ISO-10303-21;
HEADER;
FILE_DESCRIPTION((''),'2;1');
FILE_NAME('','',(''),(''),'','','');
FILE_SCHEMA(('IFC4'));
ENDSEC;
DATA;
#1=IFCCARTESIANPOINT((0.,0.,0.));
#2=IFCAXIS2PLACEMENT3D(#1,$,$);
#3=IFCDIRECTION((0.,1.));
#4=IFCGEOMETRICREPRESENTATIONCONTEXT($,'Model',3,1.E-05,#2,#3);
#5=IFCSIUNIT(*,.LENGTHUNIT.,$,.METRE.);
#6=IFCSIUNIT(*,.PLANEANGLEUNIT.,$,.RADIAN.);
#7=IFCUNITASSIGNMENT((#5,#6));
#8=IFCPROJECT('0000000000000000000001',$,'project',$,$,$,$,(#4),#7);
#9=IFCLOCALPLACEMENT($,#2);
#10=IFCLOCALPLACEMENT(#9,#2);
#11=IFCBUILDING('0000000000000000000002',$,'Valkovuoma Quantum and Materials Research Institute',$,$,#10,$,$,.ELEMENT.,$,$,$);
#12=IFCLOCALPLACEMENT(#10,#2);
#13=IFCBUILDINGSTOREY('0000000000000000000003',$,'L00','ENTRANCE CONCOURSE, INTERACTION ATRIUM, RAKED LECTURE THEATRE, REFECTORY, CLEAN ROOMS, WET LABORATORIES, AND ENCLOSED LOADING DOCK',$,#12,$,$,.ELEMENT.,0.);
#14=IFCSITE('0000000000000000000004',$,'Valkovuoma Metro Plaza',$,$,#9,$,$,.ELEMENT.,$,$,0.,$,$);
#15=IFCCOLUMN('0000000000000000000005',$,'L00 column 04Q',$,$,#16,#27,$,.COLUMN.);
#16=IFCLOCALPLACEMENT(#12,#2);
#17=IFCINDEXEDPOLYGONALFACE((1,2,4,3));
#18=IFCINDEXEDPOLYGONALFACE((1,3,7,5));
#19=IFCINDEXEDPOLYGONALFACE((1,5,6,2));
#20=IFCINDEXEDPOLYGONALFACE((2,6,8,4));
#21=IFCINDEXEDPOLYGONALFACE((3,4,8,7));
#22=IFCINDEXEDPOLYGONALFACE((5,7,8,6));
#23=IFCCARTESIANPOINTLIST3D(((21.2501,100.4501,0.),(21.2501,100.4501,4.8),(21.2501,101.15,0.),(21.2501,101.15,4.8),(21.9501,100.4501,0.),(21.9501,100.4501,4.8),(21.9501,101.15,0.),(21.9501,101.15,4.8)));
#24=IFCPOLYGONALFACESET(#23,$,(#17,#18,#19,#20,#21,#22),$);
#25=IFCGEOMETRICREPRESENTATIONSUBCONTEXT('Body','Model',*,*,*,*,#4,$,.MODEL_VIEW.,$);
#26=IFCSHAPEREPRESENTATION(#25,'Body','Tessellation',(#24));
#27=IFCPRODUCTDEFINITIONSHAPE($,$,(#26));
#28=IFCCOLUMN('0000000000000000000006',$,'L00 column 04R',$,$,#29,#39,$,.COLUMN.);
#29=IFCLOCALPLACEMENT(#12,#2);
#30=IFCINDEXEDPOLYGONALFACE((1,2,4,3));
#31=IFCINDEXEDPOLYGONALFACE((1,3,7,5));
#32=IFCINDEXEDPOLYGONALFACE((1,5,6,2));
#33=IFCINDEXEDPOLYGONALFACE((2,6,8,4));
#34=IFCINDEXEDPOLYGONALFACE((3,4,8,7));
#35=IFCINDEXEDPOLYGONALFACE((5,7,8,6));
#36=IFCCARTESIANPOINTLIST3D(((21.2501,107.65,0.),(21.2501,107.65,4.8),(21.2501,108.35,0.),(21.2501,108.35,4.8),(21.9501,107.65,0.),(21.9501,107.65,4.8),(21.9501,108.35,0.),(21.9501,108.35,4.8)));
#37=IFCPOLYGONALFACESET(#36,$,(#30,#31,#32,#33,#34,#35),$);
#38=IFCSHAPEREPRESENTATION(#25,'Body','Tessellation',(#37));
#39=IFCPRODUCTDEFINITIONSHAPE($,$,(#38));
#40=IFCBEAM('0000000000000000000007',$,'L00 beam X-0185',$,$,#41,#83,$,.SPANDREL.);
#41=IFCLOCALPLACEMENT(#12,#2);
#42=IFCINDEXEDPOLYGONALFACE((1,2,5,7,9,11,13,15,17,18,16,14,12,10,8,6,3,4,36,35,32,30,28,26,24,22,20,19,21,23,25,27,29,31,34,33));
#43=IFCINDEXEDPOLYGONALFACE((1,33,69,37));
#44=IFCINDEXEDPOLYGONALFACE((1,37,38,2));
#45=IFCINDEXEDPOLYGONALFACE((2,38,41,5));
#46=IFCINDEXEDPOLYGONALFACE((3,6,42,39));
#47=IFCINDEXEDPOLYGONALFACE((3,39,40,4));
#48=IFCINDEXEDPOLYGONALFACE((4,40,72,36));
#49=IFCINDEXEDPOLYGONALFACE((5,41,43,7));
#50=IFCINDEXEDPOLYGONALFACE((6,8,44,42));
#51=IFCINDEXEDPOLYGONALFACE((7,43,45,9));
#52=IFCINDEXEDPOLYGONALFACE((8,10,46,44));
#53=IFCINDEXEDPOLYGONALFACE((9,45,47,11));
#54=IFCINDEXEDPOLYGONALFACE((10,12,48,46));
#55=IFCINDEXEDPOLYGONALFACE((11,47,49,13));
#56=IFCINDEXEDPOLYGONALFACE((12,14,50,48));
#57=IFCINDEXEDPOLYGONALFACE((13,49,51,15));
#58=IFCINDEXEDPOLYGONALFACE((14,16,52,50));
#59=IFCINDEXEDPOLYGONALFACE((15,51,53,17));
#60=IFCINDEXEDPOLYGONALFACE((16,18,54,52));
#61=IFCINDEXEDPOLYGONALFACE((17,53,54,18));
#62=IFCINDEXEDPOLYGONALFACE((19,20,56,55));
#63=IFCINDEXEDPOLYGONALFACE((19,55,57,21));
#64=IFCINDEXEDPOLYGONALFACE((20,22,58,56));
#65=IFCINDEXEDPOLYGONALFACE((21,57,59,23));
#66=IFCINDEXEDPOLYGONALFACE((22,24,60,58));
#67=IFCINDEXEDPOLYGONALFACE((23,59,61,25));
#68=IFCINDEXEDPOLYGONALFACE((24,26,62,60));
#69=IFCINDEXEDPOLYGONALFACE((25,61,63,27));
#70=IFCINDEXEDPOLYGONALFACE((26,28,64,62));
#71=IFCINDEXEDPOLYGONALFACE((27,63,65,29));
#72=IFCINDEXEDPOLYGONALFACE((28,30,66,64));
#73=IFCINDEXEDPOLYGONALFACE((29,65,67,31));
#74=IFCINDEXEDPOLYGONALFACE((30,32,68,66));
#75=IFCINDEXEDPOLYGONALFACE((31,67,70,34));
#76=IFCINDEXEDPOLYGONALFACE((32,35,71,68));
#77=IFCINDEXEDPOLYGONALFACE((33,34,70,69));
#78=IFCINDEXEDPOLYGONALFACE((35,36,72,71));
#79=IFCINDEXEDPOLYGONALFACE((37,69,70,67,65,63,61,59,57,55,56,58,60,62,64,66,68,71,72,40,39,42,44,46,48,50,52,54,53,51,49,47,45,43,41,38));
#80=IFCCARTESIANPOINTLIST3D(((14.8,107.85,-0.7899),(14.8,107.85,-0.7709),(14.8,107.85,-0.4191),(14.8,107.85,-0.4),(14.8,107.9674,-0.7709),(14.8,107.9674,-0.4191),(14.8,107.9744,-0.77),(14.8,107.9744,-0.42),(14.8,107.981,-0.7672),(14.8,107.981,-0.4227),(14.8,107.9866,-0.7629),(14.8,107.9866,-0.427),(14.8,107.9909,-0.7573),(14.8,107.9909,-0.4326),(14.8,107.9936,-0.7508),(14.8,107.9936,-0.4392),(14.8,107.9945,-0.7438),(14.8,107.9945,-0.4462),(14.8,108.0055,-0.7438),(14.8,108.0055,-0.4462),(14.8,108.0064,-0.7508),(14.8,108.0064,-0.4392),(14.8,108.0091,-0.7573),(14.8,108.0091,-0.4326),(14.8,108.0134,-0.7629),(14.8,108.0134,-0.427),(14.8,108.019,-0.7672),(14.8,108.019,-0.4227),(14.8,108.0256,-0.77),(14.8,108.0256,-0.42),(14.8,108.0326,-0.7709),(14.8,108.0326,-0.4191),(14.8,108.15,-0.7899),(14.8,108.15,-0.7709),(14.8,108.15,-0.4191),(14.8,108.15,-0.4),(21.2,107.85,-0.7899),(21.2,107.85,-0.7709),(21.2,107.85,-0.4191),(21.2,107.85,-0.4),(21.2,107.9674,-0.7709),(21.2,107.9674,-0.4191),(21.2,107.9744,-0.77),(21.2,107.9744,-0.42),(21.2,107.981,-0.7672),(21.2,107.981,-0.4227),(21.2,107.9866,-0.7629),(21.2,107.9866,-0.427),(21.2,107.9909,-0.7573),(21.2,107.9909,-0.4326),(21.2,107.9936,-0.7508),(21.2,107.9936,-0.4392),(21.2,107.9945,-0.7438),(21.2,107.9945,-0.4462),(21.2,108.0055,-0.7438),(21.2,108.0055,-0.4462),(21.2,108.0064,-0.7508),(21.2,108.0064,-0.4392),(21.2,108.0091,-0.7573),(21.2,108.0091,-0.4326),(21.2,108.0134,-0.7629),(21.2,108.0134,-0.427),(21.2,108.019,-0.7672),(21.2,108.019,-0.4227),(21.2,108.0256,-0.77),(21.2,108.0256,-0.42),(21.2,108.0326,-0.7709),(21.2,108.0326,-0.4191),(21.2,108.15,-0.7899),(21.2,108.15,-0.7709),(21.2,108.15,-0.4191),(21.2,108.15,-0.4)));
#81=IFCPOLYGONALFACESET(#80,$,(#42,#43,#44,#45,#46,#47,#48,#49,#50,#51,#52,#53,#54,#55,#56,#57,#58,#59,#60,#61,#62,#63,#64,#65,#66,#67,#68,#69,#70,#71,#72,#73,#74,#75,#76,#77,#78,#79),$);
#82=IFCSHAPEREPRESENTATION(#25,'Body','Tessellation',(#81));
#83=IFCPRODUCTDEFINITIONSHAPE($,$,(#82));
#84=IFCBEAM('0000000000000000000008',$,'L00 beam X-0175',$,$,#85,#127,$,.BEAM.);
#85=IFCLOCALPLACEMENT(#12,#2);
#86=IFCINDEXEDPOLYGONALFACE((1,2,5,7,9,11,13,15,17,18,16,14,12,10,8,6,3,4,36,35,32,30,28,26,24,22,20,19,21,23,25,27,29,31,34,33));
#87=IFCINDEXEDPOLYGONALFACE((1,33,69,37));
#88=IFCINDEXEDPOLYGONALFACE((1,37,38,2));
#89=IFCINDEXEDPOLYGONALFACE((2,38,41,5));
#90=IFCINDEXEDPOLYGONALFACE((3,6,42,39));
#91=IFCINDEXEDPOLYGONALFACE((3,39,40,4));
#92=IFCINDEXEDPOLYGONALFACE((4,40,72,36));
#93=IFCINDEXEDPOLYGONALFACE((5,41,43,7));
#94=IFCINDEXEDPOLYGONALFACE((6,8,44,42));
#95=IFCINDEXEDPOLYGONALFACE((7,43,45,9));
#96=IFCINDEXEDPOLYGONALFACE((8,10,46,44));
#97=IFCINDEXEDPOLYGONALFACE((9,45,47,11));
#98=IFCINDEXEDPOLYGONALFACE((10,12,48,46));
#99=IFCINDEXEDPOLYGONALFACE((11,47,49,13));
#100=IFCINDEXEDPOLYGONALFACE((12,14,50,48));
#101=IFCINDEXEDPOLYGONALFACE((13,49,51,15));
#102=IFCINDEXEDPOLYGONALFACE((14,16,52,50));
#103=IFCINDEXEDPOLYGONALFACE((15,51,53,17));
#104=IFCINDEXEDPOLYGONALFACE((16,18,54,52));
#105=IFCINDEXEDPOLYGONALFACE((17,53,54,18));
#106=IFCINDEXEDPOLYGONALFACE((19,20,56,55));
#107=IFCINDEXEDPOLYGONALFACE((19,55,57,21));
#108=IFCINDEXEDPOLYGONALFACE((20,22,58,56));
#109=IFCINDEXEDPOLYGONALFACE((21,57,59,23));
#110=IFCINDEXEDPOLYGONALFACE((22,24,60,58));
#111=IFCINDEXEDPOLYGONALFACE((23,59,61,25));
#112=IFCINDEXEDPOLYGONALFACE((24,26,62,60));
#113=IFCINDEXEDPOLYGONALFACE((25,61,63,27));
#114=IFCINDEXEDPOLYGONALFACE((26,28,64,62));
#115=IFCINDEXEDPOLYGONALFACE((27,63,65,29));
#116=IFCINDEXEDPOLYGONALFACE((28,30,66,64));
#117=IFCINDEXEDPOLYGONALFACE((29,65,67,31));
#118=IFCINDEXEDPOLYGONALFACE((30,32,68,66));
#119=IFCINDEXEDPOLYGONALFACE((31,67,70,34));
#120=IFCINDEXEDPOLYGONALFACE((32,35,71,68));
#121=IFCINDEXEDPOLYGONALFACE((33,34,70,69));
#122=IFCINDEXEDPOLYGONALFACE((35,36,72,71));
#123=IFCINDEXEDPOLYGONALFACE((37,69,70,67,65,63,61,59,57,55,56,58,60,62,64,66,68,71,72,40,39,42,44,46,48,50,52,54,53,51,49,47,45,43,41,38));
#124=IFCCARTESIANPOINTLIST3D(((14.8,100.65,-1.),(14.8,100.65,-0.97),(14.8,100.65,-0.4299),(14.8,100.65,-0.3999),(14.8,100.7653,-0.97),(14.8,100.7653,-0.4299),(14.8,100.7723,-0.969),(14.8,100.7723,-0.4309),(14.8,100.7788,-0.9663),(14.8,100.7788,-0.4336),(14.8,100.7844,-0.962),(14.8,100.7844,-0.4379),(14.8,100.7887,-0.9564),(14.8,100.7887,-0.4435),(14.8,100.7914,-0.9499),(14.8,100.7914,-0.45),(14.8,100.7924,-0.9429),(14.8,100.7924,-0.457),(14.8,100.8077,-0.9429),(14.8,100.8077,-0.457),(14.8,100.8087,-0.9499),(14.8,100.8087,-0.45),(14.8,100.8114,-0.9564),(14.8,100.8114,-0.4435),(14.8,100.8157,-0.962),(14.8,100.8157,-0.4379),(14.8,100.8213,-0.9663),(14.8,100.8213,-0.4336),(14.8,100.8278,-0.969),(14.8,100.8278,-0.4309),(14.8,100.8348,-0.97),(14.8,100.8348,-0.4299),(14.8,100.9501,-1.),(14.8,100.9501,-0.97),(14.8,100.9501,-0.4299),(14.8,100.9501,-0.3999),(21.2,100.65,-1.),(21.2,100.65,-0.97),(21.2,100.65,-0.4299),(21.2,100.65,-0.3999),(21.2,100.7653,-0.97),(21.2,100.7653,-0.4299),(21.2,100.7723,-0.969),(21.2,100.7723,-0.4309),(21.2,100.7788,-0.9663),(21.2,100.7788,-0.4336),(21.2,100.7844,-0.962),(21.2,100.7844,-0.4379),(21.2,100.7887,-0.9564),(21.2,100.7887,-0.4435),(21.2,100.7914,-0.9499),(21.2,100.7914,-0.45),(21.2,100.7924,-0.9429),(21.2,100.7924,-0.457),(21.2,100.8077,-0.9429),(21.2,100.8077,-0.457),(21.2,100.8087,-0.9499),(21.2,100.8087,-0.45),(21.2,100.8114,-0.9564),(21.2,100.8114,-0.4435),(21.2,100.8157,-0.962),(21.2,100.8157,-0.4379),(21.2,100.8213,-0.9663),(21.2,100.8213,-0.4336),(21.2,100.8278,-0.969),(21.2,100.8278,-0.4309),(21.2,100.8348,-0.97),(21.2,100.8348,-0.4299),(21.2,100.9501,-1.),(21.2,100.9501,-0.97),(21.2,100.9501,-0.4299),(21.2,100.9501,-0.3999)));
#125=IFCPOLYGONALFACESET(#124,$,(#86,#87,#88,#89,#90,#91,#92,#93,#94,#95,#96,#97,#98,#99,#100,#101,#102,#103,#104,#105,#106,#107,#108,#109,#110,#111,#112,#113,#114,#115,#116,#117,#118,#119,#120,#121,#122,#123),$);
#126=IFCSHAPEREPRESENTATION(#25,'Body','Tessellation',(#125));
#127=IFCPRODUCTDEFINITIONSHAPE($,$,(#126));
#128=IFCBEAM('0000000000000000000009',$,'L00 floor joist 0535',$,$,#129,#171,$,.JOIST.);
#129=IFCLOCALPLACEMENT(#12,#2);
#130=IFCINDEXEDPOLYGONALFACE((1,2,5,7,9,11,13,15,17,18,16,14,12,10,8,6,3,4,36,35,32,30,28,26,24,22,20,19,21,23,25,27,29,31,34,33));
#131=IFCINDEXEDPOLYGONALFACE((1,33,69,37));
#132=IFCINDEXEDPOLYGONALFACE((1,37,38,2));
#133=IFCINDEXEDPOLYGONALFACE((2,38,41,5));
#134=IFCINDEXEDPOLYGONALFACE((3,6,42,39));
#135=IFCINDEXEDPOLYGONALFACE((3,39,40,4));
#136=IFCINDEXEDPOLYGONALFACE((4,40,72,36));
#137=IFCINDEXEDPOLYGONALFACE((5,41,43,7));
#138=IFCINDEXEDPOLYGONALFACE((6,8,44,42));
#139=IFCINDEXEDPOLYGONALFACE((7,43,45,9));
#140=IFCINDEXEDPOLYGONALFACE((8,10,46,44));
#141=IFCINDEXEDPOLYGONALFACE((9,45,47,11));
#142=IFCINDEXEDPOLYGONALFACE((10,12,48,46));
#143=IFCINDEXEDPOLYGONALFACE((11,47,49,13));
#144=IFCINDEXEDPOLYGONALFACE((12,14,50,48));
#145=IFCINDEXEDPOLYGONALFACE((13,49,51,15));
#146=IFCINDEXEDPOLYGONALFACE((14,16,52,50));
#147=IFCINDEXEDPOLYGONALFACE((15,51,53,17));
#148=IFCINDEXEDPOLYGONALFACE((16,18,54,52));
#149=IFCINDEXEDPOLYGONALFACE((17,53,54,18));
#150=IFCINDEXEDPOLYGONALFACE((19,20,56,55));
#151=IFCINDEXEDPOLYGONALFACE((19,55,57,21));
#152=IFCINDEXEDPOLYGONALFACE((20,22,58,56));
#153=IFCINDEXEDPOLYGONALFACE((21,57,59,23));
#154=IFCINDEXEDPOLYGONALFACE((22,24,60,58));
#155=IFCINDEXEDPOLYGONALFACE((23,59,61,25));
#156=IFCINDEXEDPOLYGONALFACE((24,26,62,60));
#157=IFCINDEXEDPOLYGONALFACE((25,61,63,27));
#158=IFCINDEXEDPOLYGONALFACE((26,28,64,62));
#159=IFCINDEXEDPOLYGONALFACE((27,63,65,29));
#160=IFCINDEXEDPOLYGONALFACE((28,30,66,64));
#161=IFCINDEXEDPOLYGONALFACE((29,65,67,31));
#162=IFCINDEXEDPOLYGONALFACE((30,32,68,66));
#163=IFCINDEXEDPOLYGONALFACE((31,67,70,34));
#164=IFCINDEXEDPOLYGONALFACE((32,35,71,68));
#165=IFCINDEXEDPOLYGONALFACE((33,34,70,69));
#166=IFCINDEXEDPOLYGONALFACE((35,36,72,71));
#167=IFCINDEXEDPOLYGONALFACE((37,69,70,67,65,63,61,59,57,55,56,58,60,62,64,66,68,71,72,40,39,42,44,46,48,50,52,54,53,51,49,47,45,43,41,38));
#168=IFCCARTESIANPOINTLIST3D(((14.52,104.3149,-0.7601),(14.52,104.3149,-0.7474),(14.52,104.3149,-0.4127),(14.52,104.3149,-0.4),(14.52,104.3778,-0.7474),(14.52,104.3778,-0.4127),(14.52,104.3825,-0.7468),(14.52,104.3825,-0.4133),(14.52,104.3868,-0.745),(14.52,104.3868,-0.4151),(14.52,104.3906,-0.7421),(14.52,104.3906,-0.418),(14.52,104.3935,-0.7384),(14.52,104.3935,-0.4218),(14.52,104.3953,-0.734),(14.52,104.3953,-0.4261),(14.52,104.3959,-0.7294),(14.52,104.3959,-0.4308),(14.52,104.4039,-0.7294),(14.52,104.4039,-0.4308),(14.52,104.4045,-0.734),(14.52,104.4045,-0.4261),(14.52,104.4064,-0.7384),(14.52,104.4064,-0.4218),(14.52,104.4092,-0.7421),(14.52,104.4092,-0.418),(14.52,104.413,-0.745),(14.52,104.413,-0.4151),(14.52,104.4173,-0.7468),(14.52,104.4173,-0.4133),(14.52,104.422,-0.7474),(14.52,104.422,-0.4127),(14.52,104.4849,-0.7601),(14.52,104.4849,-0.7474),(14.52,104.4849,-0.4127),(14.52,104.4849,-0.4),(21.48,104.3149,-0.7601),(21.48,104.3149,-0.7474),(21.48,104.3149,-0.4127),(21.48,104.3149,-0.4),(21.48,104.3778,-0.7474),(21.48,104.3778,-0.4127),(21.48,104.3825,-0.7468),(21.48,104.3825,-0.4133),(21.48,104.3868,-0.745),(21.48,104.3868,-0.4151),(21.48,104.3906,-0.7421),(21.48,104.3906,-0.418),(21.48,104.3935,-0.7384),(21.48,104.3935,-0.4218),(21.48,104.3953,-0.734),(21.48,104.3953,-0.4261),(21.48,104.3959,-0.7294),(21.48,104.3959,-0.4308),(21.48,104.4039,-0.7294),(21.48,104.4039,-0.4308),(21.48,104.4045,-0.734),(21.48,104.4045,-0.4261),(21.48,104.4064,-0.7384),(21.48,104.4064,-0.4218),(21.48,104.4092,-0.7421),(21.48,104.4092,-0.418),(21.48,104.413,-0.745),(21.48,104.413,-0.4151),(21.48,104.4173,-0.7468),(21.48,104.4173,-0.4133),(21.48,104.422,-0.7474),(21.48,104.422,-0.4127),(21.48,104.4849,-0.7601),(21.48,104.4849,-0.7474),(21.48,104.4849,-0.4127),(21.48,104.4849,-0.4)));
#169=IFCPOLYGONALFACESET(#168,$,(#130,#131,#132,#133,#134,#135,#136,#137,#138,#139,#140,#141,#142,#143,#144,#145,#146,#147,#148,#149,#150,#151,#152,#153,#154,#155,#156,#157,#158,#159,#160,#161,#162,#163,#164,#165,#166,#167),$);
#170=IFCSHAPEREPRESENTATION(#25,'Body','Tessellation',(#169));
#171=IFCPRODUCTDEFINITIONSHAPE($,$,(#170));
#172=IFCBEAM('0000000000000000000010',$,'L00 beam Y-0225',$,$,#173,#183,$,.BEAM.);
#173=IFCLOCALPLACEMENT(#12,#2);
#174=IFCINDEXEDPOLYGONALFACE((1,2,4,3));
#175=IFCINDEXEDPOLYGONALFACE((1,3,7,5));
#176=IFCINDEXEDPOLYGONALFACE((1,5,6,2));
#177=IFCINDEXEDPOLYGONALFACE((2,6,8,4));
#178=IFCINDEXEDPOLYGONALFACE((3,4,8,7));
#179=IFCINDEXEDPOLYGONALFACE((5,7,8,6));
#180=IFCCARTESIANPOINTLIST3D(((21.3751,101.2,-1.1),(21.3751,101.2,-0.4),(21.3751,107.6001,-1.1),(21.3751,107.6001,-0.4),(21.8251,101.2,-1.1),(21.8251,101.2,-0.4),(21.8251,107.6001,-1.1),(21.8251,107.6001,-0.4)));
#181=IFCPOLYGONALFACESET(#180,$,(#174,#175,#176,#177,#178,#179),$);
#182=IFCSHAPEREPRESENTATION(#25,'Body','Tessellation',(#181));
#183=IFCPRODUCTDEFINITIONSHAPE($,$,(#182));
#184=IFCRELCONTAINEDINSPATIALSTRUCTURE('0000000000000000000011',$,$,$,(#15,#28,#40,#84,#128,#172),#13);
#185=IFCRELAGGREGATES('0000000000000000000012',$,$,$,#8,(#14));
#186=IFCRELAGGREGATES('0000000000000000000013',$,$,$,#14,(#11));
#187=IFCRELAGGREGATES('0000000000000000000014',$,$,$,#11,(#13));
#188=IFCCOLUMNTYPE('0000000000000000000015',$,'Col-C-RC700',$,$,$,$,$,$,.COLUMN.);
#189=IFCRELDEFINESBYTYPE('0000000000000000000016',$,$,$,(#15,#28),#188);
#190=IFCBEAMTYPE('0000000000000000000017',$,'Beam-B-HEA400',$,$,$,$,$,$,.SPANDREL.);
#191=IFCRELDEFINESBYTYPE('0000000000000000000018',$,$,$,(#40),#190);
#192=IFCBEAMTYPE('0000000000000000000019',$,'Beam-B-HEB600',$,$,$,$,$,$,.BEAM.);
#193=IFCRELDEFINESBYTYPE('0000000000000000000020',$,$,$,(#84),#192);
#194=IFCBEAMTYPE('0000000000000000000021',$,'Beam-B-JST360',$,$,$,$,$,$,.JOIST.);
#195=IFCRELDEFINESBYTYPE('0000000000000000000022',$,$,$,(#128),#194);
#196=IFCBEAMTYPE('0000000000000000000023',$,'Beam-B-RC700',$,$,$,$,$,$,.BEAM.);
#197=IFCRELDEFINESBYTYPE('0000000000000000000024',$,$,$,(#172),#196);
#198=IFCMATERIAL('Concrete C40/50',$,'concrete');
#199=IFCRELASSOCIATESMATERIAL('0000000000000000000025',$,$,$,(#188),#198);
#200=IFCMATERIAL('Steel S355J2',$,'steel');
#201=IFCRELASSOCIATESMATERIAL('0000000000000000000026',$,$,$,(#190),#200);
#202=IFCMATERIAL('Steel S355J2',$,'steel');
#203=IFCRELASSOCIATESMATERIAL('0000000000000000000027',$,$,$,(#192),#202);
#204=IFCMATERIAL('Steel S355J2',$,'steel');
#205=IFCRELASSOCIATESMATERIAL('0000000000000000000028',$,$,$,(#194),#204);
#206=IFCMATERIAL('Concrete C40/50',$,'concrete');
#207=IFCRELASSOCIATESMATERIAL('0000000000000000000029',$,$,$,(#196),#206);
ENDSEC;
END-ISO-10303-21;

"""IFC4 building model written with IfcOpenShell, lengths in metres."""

from ifc_helpers import new_model, si_unit, direction, frame, origin, origin_2d, place, context, subcontext, project, spatial, rectangle, i_section, extrude, material, material_profile, profile_set, type_object, element, save


model = new_model("IFC4")

# Units and contexts
model_context = context("Model", 3, precision=1e-05, world=origin(), true_north=direction((0.0, 1.0)))
body_context = subcontext(model_context, "Body", "Model", "MODEL_VIEW")
ifc_project = project(units=[si_unit("LENGTHUNIT", "METRE"), si_unit("PLANEANGLEUNIT", "RADIAN")], contexts=[model_context])

# Site, building, storey
site_placement = place(None, origin())
site = spatial("IfcSite", under=ifc_project, at=site_placement, Name="Valkovuoma Metro Plaza", CompositionType="ELEMENT", RefElevation=0.0)
building_placement = place(site_placement, origin())
building = spatial("IfcBuilding", under=site, at=building_placement, Name="Valkovuoma Quantum and Materials Research Institute", CompositionType="ELEMENT")
storey_placement = place(building_placement, origin())
storey = spatial("IfcBuildingStorey", under=building, at=storey_placement, Name="L00", Description="ENTRANCE CONCOURSE, INTERACTION ATRIUM, RAKED LECTURE THEATRE, REFECTORY, CLEAN ROOMS, WET LABORATORIES, AND ENCLOSED LOADING DOCK", CompositionType="ELEMENT", Elevation=0.0)

# Columns
ifc_material_1 = material(Name="Concrete C40/50", Category="concrete")
ifc_material_profile_1 = material_profile(ifc_material_1, rectangle(XDim=0.7, YDim=0.7, at=origin_2d()), Name="Concrete C40/50")
ifc_profile_set_1 = profile_set([ifc_material_profile_1], Name="Concrete C40/50")
column_type = type_object("IfcColumnType", Name="Col-C-RC700", PredefinedType="COLUMN", material=ifc_profile_set_1)
for number, where, z_axis, x_axis, name in (
    (1, (21.6001, 100.8, 0.0), (0.0, 0.0, 1.0), (1.0, 0.0, 0.0), "L00 column 04Q"),
    (2, (21.6001, 108.0, 0.0), (0.0, 0.0, 1.0), (1.0, 0.0, 0.0), "L00 column 04R"),
):
    element("IfcColumn", number, at=place(storey_placement, frame(where, z_axis=z_axis, x_axis=x_axis)), inside=storey, type_object=column_type, Name=name, PredefinedType="COLUMN", context=body_context, shape_type="SweptSolid", body=[
        extrude(rectangle(XDim=0.7, YDim=0.7, at=origin_2d()), origin(), (0.0, 0.0, 1.0), 4.8),
    ])

# Beams
ifc_material_2 = material(Name="Steel S355J2", Category="steel")
ifc_material_profile_2 = material_profile(ifc_material_2, i_section(OverallWidth=0.3, OverallDepth=0.3899, WebThickness=0.011, FlangeThickness=0.019, FilletRadius=0.0271, at=origin_2d()), Name="Steel S355J2")
ifc_profile_set_2 = profile_set([ifc_material_profile_2], Name="Steel S355J2")
beam_type_1 = type_object("IfcBeamType", Name="Beam-B-HEA400", PredefinedType="SPANDREL", material=ifc_profile_set_2)
beam_1_placement = place(storey_placement, frame((14.8, 108.0, -0.595), z_axis=(1.0, 0.0, 0.0), x_axis=(0.0, 1.0, 0.0)))
element("IfcBeam", 3, at=beam_1_placement, inside=storey, type_object=beam_type_1, Name="L00 beam X-0185", PredefinedType="SPANDREL", context=body_context, shape_type="SweptSolid", body=[
    extrude(i_section(OverallWidth=0.3, OverallDepth=0.3899, WebThickness=0.011, FlangeThickness=0.019, FilletRadius=0.0271, at=origin_2d()), origin(), (0.0, 0.0, 1.0), 6.3999),
])
ifc_material_3 = material(Name="Steel S355J2", Category="steel")
ifc_material_profile_3 = material_profile(ifc_material_3, i_section(OverallWidth=0.3, OverallDepth=0.6001, WebThickness=0.0154, FlangeThickness=0.03, FilletRadius=0.0271, at=origin_2d()), Name="Steel S355J2")
ifc_profile_set_3 = profile_set([ifc_material_profile_3], Name="Steel S355J2")
beam_type_2 = type_object("IfcBeamType", Name="Beam-B-HEB600", PredefinedType="BEAM", material=ifc_profile_set_3)
beam_2_placement = place(storey_placement, frame((14.8, 100.8, -0.7), z_axis=(1.0, 0.0, 0.0), x_axis=(0.0, 1.0, 0.0)))
element("IfcBeam", 4, at=beam_2_placement, inside=storey, type_object=beam_type_2, Name="L00 beam X-0175", PredefinedType="BEAM", context=body_context, shape_type="SweptSolid", body=[
    extrude(i_section(OverallWidth=0.3, OverallDepth=0.6001, WebThickness=0.0154, FlangeThickness=0.03, FilletRadius=0.0271, at=origin_2d()), origin(), (0.0, 0.0, 1.0), 6.3999),
])
ifc_material_4 = material(Name="Steel S355J2", Category="steel")
ifc_material_profile_4 = material_profile(ifc_material_4, i_section(OverallWidth=0.1699, OverallDepth=0.3601, WebThickness=0.0081, FlangeThickness=0.0127, FilletRadius=0.0181, at=origin_2d()), Name="Steel S355J2")
ifc_profile_set_4 = profile_set([ifc_material_profile_4], Name="Steel S355J2")
beam_type_3 = type_object("IfcBeamType", Name="Beam-B-JST360", PredefinedType="JOIST", material=ifc_profile_set_4)
beam_3_placement = place(storey_placement, frame((14.52, 104.3999, -0.5801), z_axis=(1.0, 0.0, 0.0), x_axis=(0.0, 1.0, 0.0)))
element("IfcBeam", 5, at=beam_3_placement, inside=storey, type_object=beam_type_3, Name="L00 floor joist 0535", PredefinedType="JOIST", context=body_context, shape_type="SweptSolid", body=[
    extrude(i_section(OverallWidth=0.1699, OverallDepth=0.3601, WebThickness=0.0081, FlangeThickness=0.0127, FilletRadius=0.0181, at=origin_2d()), origin(), (0.0, 0.0, 1.0), 6.96),
])
ifc_material_5 = material(Name="Concrete C40/50", Category="concrete")
ifc_material_profile_5 = material_profile(ifc_material_5, rectangle(XDim=0.45, YDim=0.7, at=origin_2d()), Name="Concrete C40/50")
ifc_profile_set_5 = profile_set([ifc_material_profile_5], Name="Concrete C40/50")
beam_type_4 = type_object("IfcBeamType", Name="Beam-B-RC700", PredefinedType="BEAM", material=ifc_profile_set_5)
beam_4_placement = place(storey_placement, frame((21.6001, 101.2, -0.75), z_axis=(0.0, 1.0, 0.0), x_axis=(-1.0, 0.0, 0.0)))
element("IfcBeam", 6, at=beam_4_placement, inside=storey, type_object=beam_type_4, Name="L00 beam Y-0225", PredefinedType="BEAM", context=body_context, shape_type="SweptSolid", body=[
    extrude(rectangle(XDim=0.45, YDim=0.7, at=origin_2d()), origin(), (0.0, 0.0, 1.0), 6.4001),
])

save(model, "model.ifc")
